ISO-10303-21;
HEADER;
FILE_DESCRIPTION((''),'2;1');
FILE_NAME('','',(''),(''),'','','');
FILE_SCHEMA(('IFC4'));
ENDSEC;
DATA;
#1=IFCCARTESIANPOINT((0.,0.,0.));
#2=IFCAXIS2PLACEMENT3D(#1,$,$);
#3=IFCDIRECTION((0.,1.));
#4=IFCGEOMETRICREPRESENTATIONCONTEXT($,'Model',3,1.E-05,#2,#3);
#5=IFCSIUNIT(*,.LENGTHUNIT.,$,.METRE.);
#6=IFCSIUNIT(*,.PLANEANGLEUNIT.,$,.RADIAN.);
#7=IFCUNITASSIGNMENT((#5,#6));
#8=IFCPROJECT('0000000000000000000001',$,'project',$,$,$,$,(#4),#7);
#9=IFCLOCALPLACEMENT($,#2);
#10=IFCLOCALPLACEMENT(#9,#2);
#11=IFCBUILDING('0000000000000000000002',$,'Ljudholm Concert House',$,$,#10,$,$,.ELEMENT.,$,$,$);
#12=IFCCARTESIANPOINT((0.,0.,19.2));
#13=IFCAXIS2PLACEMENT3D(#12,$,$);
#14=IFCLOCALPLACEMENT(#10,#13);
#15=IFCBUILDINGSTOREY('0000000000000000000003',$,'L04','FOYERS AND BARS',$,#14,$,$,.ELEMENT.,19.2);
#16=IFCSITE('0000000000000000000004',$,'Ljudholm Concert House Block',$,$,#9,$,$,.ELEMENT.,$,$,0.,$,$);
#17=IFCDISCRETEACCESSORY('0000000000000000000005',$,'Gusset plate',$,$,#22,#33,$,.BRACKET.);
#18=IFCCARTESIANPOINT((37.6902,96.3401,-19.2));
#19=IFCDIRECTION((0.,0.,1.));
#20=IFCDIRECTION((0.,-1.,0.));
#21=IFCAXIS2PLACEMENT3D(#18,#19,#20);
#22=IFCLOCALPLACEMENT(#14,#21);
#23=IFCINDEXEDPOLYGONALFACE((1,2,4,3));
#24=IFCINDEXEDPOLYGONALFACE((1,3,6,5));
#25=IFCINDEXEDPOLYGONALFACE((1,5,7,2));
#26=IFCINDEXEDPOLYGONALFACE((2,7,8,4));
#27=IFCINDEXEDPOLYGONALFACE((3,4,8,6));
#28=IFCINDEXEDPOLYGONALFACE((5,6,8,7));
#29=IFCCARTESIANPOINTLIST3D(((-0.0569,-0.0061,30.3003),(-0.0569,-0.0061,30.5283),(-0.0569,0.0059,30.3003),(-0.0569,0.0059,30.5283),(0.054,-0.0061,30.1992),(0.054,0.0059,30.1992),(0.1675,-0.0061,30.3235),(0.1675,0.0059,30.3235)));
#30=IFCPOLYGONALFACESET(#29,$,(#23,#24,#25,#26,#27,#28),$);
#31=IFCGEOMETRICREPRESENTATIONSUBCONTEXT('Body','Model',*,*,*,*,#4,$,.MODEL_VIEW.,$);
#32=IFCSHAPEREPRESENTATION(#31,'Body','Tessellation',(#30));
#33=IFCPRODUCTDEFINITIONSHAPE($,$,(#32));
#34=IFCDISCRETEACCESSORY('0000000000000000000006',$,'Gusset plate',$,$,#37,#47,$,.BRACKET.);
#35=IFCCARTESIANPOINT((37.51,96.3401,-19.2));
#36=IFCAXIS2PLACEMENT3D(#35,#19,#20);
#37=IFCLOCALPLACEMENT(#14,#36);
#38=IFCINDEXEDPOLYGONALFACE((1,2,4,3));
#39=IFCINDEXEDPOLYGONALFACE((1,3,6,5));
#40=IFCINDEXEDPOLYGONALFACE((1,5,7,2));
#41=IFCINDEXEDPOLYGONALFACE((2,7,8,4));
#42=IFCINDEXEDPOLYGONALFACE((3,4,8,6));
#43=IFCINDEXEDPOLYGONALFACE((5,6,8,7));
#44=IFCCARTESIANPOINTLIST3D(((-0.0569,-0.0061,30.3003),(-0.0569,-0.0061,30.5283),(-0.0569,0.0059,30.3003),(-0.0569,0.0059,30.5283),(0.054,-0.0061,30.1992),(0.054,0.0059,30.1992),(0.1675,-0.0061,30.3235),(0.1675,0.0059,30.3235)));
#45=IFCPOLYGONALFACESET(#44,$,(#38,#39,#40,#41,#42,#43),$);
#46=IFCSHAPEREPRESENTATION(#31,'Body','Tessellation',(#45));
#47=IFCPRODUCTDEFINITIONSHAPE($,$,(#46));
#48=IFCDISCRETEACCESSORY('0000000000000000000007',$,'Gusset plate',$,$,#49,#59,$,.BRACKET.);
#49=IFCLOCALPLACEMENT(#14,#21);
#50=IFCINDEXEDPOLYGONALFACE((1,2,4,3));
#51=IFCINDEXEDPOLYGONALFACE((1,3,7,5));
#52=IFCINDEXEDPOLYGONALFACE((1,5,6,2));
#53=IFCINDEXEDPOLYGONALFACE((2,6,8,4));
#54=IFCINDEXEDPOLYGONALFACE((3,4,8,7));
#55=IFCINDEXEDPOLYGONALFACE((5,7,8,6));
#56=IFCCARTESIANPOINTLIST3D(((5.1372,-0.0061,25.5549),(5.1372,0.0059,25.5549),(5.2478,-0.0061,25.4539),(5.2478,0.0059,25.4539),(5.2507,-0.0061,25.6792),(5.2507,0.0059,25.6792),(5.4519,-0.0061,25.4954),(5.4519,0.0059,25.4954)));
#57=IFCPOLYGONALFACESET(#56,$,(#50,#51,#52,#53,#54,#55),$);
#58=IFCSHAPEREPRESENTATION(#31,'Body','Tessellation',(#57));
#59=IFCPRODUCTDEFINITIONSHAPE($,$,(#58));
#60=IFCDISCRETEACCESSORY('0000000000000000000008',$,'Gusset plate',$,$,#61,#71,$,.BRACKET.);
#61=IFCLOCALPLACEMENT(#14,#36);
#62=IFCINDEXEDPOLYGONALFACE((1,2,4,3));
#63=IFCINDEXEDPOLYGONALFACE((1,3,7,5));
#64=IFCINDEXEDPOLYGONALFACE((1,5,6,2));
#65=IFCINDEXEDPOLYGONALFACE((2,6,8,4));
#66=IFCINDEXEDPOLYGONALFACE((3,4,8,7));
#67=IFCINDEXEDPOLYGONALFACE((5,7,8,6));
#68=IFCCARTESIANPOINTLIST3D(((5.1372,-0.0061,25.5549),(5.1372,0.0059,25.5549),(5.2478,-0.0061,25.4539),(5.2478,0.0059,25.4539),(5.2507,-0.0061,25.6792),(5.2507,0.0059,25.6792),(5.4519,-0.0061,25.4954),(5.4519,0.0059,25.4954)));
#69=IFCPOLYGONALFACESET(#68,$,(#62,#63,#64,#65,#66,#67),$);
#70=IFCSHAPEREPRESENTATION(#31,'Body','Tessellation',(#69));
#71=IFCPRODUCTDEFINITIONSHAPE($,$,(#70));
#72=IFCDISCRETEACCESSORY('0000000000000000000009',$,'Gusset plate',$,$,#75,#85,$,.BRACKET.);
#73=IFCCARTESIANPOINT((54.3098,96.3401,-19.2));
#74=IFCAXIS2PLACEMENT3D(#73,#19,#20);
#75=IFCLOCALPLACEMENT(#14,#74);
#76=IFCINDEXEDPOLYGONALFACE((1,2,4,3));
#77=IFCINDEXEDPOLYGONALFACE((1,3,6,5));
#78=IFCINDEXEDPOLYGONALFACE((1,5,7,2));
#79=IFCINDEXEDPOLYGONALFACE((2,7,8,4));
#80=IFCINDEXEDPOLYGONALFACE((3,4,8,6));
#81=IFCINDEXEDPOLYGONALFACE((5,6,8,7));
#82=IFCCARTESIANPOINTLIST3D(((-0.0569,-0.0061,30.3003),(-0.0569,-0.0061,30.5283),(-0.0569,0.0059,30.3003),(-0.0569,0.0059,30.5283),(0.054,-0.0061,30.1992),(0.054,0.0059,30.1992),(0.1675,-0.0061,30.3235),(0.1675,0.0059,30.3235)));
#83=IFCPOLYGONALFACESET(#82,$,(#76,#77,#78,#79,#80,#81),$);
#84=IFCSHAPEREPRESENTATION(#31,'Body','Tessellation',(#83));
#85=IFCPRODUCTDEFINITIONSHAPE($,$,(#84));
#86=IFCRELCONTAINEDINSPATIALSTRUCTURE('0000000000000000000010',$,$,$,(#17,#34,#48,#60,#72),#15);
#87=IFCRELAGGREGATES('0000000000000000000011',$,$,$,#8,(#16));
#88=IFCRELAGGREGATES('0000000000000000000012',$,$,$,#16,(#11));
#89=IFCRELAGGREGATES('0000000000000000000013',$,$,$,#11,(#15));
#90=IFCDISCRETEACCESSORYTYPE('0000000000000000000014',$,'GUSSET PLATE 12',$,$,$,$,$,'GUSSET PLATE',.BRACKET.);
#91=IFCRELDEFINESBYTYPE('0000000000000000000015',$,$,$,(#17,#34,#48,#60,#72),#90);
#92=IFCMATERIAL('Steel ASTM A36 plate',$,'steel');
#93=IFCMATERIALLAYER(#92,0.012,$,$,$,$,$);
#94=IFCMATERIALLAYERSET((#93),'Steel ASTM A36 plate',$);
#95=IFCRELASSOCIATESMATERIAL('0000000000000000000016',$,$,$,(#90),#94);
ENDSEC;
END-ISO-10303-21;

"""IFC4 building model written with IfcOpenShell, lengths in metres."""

from ifc_helpers import new_model, si_unit, direction, frame, origin, place, context, subcontext, project, spatial, polyline, outline, extrude, material, layer, layer_set, type_object, element, save


model = new_model("IFC4")

# Units and contexts
model_context = context("Model", 3, precision=1e-05, world=origin(), true_north=direction((0.0, 1.0)))
body_context = subcontext(model_context, "Body", "Model", "MODEL_VIEW")
ifc_project = project(units=[si_unit("LENGTHUNIT", "METRE"), si_unit("PLANEANGLEUNIT", "RADIAN")], contexts=[model_context])

# Site, building, storey
site_placement = place(None, origin())
site = spatial("IfcSite", under=ifc_project, at=site_placement, Name="Ljudholm Concert House Block", CompositionType="ELEMENT", RefElevation=0.0)
building_placement = place(site_placement, origin())
building = spatial("IfcBuilding", under=site, at=building_placement, Name="Ljudholm Concert House", CompositionType="ELEMENT")
storey_placement = place(building_placement, frame((0.0, 0.0, 19.2)))
storey = spatial("IfcBuildingStorey", under=building, at=storey_placement, Name="L04", Description="FOYERS AND BARS", CompositionType="ELEMENT", Elevation=19.2)

# Discrete accessories
ifc_material_1 = material(Name="Steel ASTM A36 plate", Category="steel")
ifc_layer_1 = layer(ifc_material_1, 0.012)
ifc_layer_set_1 = layer_set([ifc_layer_1], Name="Steel ASTM A36 plate")
discrete_accessory_type = type_object("IfcDiscreteAccessoryType", Name="GUSSET PLATE 12", ElementType="GUSSET PLATE", PredefinedType="BRACKET", material=ifc_layer_set_1)
for number, where, z_axis, x_axis, name in (
    (1, (37.6902, 96.3401, -19.2), (0.0, 0.0, 1.0), (0.0, -1.0, 0.0), "Gusset plate"),
    (2, (37.51, 96.3401, -19.2), (0.0, 0.0, 1.0), (0.0, -1.0, 0.0), "Gusset plate"),
):
    element("IfcDiscreteAccessory", number, at=place(storey_placement, frame(where, z_axis=z_axis, x_axis=x_axis)), inside=storey, type_object=discrete_accessory_type, Name=name, PredefinedType="BRACKET", context=body_context, shape_type="SweptSolid", body=[
        extrude(outline(polyline([(0.054, 30.1992), (-0.0569, 30.3003), (-0.0569, 30.5283), (0.1675, 30.3235), (0.054, 30.1992)])), frame((0.0, 0.0059, 0.0), z_axis=(0.0, -1.0, 0.0), x_axis=(1.0, 0.0, 0.0)), (0.0, 0.0, 1.0), 0.012),
    ])
for number, where, z_axis, x_axis, name in (
    (3, (37.6902, 96.3401, -19.2), (0.0, 0.0, 1.0), (0.0, -1.0, 0.0), "Gusset plate"),
    (4, (37.51, 96.3401, -19.2), (0.0, 0.0, 1.0), (0.0, -1.0, 0.0), "Gusset plate"),
):
    element("IfcDiscreteAccessory", number, at=place(storey_placement, frame(where, z_axis=z_axis, x_axis=x_axis)), inside=storey, type_object=discrete_accessory_type, Name=name, PredefinedType="BRACKET", context=body_context, shape_type="SweptSolid", body=[
        extrude(outline(polyline([(5.2507, 25.6792), (5.4519, 25.4954), (5.2478, 25.4539), (5.1372, 25.5549), (5.2507, 25.6792)])), frame((0.0, 0.0059, 0.0), z_axis=(0.0, -1.0, 0.0), x_axis=(1.0, 0.0, 0.0)), (0.0, 0.0, 1.0), 0.012),
    ])
discrete_accessory_placement = place(storey_placement, frame((54.3098, 96.3401, -19.2), z_axis=(0.0, 0.0, 1.0), x_axis=(0.0, -1.0, 0.0)))
element("IfcDiscreteAccessory", 5, at=discrete_accessory_placement, inside=storey, type_object=discrete_accessory_type, Name="Gusset plate", PredefinedType="BRACKET", context=body_context, shape_type="SweptSolid", body=[
    extrude(outline(polyline([(0.054, 30.1992), (-0.0569, 30.3003), (-0.0569, 30.5283), (0.1675, 30.3235), (0.054, 30.1992)])), frame((0.0, 0.0059, 0.0), z_axis=(0.0, -1.0, 0.0), x_axis=(1.0, 0.0, 0.0)), (0.0, 0.0, 1.0), 0.012),
])

save(model, "model.ifc")
